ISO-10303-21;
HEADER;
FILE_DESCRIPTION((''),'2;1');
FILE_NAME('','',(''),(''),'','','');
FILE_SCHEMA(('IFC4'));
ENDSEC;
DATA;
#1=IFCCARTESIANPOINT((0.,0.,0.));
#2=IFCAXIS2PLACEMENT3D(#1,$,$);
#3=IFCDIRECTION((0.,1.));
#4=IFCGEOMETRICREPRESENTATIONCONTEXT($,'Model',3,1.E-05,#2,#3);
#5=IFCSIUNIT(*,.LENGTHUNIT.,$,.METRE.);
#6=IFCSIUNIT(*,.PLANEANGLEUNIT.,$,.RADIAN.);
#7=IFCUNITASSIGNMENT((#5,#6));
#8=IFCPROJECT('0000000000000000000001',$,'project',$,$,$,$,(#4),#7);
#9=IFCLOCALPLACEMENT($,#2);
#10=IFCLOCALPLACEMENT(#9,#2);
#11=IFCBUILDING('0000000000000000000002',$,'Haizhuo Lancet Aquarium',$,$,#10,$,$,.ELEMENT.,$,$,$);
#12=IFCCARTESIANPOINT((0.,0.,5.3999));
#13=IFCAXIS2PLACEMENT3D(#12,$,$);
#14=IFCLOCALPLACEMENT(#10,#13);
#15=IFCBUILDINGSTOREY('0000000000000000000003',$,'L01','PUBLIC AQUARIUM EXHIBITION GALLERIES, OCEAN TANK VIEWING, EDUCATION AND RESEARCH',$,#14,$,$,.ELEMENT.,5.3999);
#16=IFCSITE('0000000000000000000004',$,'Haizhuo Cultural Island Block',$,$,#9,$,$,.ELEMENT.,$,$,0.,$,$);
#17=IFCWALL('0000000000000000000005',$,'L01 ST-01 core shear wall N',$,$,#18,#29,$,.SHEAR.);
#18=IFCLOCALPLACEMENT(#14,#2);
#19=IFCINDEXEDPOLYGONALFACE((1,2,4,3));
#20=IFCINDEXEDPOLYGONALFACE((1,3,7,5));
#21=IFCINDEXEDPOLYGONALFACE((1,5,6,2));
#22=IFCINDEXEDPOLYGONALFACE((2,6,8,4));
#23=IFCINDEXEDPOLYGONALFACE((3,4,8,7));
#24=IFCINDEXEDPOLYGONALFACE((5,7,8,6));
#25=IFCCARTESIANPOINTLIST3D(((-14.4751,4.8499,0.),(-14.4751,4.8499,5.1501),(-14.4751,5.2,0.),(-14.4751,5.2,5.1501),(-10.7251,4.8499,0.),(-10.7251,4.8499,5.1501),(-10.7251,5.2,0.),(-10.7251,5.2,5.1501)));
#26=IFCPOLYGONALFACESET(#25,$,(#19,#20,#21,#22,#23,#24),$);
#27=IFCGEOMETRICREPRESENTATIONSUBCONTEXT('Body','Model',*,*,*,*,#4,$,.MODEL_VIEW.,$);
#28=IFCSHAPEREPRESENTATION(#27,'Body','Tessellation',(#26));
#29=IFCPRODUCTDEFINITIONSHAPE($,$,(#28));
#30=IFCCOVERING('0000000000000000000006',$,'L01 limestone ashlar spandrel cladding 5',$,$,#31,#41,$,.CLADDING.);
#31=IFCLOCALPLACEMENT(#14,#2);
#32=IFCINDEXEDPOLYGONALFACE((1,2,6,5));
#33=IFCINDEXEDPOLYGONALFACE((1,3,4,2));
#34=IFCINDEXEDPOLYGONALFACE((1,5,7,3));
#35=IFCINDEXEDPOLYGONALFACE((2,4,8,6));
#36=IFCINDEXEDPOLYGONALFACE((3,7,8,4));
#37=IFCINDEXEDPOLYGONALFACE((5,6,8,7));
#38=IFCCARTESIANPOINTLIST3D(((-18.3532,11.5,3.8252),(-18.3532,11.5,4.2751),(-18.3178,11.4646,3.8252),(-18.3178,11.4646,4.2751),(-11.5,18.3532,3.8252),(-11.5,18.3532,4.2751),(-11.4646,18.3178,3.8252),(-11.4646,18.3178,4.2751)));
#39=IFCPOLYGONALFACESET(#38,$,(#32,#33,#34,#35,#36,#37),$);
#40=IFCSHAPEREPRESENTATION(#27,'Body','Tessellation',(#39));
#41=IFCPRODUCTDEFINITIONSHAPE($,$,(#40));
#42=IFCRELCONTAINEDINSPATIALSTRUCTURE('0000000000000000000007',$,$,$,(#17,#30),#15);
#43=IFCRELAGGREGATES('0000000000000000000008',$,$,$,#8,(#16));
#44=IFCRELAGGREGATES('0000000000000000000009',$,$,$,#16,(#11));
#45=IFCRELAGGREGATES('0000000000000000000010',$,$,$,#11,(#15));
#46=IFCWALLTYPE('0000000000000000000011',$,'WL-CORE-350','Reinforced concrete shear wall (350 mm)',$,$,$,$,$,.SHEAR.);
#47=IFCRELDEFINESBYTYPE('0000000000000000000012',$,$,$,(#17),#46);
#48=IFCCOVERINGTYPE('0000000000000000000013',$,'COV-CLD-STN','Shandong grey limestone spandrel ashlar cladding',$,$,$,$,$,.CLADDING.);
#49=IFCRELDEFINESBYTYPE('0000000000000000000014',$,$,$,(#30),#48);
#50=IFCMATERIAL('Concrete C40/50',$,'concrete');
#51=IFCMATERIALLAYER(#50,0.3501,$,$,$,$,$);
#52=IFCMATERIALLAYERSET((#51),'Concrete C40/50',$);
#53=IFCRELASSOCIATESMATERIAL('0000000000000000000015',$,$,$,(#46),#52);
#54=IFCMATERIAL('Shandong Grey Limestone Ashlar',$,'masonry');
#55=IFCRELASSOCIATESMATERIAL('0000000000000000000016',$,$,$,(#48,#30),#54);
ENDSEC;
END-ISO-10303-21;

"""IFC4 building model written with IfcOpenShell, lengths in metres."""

from ifc_helpers import new_model, si_unit, direction, frame, frame_2d, origin, origin_2d, place, context, subcontext, project, spatial, rectangle, extrude, material, layer, layer_set, type_object, element, save


model = new_model("IFC4")

# Units and contexts
model_context = context("Model", 3, precision=1e-05, world=origin(), true_north=direction((0.0, 1.0)))
body_context = subcontext(model_context, "Body", "Model", "MODEL_VIEW")
ifc_project = project(units=[si_unit("LENGTHUNIT", "METRE"), si_unit("PLANEANGLEUNIT", "RADIAN")], contexts=[model_context])

# Site, building, storey
site_placement = place(None, origin())
site = spatial("IfcSite", under=ifc_project, at=site_placement, Name="Haizhuo Cultural Island Block", CompositionType="ELEMENT", RefElevation=0.0)
building_placement = place(site_placement, origin())
building = spatial("IfcBuilding", under=site, at=building_placement, Name="Haizhuo Lancet Aquarium", CompositionType="ELEMENT")
storey_placement = place(building_placement, frame((0.0, 0.0, 5.3999)))
storey = spatial("IfcBuildingStorey", under=building, at=storey_placement, Name="L01", Description="PUBLIC AQUARIUM EXHIBITION GALLERIES, OCEAN TANK VIEWING, EDUCATION AND RESEARCH", CompositionType="ELEMENT", Elevation=5.3999)

# Shared definitions
ifc_material_1 = material(Name="Concrete C40/50", Category="concrete")

# Shared definitions
ifc_material_2 = material(Name="Shandong Grey Limestone Ashlar", Category="masonry")

# Wall
ifc_layer_1 = layer(ifc_material_1, 0.3501)
ifc_layer_set_1 = layer_set([ifc_layer_1], Name="Concrete C40/50")
wall_type_1 = type_object("IfcWallType", Name="WL-CORE-350", Description="Reinforced concrete shear wall (350 mm)", PredefinedType="SHEAR", material=ifc_layer_set_1)
wall_1_placement = place(storey_placement, frame((-14.4751, 5.0249, 0.0), z_axis=(0.0, 0.0, 1.0), x_axis=(1.0, 0.0, 0.0)))
element("IfcWall", 1, at=wall_1_placement, inside=storey, type_object=wall_type_1, Name="L01 ST-01 core shear wall N", PredefinedType="SHEAR", context=body_context, shape_type="SweptSolid", body=[
    extrude(rectangle(XDim=3.75, YDim=0.3501, at=frame_2d((1.875, 0.0))), origin(), (0.0, 0.0, 1.0), 5.1501),
])

# Covering
covering_type = type_object("IfcCoveringType", Name="COV-CLD-STN", Description="Shandong grey limestone spandrel ashlar cladding", PredefinedType="CLADDING", material=ifc_material_2)
covering_placement = place(storey_placement, frame((-14.9089, 14.9089, 3.8252), z_axis=(0.0, 0.0, 1.0), x_axis=(0.707107, 0.707107, 0.0)))
element("IfcCovering", 2, at=covering_placement, inside=storey, type_object=covering_type, material=ifc_material_2, Name="L01 limestone ashlar spandrel cladding 5", PredefinedType="CLADDING", context=body_context, shape_type="SweptSolid", body=[
    extrude(rectangle(XDim=9.6919, YDim=0.05, at=origin_2d()), origin(), (0.0, 0.0, 1.0), 0.45),
])

save(model, "model.ifc")
